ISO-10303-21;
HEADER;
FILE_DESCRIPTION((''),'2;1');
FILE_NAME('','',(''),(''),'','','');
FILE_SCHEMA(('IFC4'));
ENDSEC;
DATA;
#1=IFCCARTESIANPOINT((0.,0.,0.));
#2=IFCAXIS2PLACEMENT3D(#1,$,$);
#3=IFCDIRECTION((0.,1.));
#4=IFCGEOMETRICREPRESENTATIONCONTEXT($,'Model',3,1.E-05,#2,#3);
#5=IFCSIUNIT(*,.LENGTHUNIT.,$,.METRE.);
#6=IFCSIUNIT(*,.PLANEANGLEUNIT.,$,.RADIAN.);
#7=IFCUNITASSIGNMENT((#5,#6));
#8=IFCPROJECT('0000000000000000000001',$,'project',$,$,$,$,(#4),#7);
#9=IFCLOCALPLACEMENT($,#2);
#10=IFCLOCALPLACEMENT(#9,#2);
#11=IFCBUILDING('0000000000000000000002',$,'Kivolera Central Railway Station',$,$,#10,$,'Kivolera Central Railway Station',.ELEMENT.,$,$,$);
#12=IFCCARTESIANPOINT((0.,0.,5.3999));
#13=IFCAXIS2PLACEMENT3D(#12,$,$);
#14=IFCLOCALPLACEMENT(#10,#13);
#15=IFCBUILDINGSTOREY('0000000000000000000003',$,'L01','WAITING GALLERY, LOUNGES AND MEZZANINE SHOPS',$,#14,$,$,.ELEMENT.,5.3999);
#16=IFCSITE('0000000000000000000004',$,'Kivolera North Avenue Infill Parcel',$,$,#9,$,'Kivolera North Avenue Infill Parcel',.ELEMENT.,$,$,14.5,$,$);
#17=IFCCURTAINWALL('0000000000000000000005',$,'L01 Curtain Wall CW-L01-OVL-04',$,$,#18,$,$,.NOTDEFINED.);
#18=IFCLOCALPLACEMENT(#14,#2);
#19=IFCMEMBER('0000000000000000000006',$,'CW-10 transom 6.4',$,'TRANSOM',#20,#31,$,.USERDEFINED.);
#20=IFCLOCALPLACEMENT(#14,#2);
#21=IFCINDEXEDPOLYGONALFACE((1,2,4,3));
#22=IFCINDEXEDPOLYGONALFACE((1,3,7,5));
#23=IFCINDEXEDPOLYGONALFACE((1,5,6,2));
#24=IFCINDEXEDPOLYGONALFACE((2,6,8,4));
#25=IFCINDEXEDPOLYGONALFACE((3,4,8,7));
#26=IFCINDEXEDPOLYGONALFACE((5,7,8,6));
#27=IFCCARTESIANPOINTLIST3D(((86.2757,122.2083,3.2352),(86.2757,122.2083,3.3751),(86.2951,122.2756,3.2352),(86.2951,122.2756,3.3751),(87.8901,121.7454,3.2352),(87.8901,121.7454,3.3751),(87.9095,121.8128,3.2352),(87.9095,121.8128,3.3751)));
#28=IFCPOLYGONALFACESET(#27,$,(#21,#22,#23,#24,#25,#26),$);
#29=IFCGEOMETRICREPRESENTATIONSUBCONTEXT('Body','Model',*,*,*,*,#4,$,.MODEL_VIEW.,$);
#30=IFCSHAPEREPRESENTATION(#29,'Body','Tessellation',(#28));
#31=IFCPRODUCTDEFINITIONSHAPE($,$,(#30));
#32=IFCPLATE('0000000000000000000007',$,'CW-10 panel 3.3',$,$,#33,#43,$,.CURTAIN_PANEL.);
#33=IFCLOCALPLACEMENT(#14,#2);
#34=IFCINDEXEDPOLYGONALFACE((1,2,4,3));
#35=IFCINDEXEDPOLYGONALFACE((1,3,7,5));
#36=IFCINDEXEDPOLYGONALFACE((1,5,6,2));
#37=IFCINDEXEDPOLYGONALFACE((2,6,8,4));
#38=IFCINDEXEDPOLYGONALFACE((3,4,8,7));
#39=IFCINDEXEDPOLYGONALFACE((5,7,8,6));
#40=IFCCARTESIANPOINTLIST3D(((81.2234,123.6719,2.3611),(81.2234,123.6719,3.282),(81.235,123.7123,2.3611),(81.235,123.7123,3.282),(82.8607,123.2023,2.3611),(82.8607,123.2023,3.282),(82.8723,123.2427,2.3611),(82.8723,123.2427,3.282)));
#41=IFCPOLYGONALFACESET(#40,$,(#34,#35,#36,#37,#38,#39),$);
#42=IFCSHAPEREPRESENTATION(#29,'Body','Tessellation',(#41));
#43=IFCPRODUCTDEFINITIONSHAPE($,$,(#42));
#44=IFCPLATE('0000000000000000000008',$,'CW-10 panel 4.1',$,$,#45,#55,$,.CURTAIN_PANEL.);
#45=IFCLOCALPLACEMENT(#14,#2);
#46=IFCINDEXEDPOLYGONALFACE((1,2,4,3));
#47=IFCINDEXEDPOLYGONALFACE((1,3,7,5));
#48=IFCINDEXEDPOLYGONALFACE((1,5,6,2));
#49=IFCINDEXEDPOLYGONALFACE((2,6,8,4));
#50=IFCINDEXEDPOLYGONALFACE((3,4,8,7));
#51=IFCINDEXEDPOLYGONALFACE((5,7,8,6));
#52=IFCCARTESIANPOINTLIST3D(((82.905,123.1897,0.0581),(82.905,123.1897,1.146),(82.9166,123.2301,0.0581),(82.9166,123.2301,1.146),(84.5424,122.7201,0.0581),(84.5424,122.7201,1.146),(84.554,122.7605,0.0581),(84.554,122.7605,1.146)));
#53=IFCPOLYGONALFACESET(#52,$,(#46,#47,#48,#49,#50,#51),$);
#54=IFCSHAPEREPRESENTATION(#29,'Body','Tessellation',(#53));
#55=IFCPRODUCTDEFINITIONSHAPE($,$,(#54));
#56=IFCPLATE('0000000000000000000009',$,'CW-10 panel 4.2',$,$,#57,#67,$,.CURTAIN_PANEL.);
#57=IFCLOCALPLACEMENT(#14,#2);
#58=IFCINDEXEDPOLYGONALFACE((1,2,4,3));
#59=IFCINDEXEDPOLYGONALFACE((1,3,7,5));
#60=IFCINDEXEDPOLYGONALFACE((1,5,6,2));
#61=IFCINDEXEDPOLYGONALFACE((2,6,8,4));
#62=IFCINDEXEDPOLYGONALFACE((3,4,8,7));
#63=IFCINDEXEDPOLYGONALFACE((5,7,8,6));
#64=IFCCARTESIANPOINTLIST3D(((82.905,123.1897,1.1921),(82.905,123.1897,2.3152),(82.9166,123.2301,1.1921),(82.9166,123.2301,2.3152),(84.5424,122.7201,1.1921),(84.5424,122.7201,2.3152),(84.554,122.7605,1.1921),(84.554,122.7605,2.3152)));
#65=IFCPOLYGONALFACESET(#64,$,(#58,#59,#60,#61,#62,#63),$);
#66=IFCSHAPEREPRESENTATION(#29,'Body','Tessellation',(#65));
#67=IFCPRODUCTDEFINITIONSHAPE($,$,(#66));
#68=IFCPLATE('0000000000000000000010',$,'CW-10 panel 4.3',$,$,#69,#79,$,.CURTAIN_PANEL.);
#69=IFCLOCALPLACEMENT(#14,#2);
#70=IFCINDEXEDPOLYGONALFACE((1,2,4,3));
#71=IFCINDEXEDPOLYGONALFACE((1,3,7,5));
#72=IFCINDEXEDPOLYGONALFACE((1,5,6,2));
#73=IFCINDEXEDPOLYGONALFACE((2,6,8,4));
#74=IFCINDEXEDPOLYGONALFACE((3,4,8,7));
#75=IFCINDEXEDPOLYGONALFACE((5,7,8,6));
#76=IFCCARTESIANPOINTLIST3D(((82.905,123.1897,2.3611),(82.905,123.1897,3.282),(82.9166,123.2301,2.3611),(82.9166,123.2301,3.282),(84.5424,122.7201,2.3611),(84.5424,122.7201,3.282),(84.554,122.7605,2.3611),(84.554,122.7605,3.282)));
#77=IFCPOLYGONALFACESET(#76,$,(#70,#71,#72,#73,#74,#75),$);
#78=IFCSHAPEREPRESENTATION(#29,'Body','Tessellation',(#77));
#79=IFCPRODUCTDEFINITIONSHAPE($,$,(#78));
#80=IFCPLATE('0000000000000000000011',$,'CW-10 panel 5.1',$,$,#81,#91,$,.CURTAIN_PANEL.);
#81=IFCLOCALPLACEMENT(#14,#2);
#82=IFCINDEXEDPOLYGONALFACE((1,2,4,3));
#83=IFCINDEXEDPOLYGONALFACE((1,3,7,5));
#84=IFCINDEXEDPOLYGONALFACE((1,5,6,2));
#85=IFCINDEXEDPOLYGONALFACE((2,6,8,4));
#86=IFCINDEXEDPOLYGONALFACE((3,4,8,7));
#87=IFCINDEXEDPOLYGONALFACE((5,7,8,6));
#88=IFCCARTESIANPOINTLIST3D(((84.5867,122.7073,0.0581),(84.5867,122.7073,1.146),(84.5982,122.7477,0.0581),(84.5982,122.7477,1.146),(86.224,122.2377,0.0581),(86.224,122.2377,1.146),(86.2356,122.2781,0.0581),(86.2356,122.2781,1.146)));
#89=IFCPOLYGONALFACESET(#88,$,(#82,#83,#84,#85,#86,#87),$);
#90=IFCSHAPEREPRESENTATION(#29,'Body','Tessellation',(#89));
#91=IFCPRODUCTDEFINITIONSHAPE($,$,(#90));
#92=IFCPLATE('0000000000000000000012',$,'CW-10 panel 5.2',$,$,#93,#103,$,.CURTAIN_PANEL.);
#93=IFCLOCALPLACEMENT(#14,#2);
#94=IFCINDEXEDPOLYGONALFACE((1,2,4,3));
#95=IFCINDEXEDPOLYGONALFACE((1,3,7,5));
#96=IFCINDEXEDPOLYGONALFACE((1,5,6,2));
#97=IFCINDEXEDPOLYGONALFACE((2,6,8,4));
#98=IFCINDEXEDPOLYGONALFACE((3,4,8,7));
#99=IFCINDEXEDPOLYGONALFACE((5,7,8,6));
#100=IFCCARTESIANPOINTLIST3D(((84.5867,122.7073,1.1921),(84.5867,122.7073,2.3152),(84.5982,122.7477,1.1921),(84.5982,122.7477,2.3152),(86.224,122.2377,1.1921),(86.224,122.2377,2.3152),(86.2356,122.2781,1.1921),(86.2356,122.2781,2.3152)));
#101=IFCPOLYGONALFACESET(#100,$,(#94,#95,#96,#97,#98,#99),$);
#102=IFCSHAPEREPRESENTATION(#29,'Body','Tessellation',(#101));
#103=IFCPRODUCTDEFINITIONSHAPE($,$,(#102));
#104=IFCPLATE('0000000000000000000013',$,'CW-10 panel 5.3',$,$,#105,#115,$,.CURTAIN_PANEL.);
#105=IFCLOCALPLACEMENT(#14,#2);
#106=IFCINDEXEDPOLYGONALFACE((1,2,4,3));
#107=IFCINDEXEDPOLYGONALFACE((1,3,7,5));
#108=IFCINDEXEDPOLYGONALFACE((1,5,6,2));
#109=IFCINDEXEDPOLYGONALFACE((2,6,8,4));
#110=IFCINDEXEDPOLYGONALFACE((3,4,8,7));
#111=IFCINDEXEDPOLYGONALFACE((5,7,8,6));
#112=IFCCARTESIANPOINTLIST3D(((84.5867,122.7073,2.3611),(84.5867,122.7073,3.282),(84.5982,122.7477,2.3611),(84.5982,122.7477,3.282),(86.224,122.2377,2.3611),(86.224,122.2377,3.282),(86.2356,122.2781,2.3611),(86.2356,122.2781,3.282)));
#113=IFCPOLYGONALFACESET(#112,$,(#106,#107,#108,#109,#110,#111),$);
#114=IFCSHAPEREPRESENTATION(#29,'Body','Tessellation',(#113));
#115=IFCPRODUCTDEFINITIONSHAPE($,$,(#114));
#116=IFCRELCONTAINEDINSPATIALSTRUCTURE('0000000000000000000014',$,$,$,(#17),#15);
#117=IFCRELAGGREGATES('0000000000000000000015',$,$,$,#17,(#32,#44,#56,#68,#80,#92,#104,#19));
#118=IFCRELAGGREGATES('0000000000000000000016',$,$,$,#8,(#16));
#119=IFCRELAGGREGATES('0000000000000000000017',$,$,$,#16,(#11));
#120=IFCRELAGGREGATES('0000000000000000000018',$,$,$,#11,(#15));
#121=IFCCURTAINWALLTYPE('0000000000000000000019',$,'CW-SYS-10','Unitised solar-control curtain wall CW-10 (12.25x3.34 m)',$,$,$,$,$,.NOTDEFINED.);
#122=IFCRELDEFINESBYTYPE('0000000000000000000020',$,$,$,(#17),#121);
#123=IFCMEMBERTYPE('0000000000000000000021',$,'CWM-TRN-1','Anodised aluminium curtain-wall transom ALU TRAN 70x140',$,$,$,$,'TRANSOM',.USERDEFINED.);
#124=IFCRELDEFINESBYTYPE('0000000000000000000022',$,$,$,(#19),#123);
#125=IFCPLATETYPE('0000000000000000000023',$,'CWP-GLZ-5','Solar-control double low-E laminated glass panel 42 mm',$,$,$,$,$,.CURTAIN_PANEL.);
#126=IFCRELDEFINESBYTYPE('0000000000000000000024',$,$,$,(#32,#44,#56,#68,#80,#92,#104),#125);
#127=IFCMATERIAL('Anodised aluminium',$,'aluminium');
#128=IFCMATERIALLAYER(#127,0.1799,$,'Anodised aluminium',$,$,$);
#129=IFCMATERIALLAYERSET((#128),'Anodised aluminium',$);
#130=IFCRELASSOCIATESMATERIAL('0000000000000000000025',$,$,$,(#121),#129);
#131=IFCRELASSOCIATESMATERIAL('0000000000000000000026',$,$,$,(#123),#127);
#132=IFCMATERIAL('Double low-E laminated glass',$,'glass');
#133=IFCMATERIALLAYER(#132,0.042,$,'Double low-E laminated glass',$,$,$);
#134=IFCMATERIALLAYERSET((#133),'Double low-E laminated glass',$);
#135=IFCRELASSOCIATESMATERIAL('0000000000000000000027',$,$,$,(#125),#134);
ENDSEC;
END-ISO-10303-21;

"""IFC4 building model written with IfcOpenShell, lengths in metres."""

from ifc_helpers import new_model, si_unit, direction, frame, origin, origin_2d, place, context, subcontext, project, spatial, rectangle, extrude, material, layer, layer_set, material_profile, profile_set, type_object, element, aggregate, save


model = new_model("IFC4")

# Units and contexts
model_context = context("Model", 3, precision=1e-05, world=origin(), true_north=direction((0.0, 1.0)))
body_context = subcontext(model_context, "Body", "Model", "MODEL_VIEW")
ifc_project = project(units=[si_unit("LENGTHUNIT", "METRE"), si_unit("PLANEANGLEUNIT", "RADIAN")], contexts=[model_context])

# Site, building, storey
site_placement = place(None, origin())
site = spatial("IfcSite", under=ifc_project, at=site_placement, Name="Kivolera North Avenue Infill Parcel", LongName="Kivolera North Avenue Infill Parcel", CompositionType="ELEMENT", RefElevation=14.5)
building_placement = place(site_placement, origin())
building = spatial("IfcBuilding", under=site, at=building_placement, Name="Kivolera Central Railway Station", LongName="Kivolera Central Railway Station", CompositionType="ELEMENT")
storey_placement = place(building_placement, frame((0.0, 0.0, 5.3999)))
storey = spatial("IfcBuildingStorey", under=building, at=storey_placement, Name="L01", Description="WAITING GALLERY, LOUNGES AND MEZZANINE SHOPS", CompositionType="ELEMENT", Elevation=5.3999)

# Curtain wall, member, plates
ifc_material_1 = material(Name="Anodised aluminium", Category="aluminium")
ifc_layer_1 = layer(ifc_material_1, 0.1799, Name="Anodised aluminium")
ifc_layer_set_1 = layer_set([ifc_layer_1], Name="Anodised aluminium")
curtain_wall_type = type_object("IfcCurtainWallType", Name="CW-SYS-10", Description="Unitised solar-control curtain wall CW-10 (12.25x3.34 m)", PredefinedType="NOTDEFINED", material=ifc_layer_set_1)
curtain_wall_placement = place(storey_placement, origin())
curtain_wall = element("IfcCurtainWall", 1, at=curtain_wall_placement, inside=storey, type_object=curtain_wall_type, Name="L01 Curtain Wall CW-L01-OVL-04", PredefinedType="NOTDEFINED")
ifc_material_profile_1 = material_profile(ifc_material_1, rectangle(XDim=0.0701, YDim=0.1399, at=origin_2d()), Name="ALU TRAN 70x140")
ifc_profile_set_1 = profile_set([ifc_material_profile_1], Name="Anodised aluminium")
member_type_1 = type_object("IfcMemberType", Name="CWM-TRN-1", Description="Anodised aluminium curtain-wall transom ALU TRAN 70x140", ElementType="TRANSOM", PredefinedType="USERDEFINED", material=ifc_profile_set_1)
member_1_placement = place(storey_placement, frame((86.2854, 122.2419, 3.3052), z_axis=(0.961271, -0.275604, 0.0), x_axis=(0.275604, 0.961271, 0.0)))
member_1 = element("IfcMember", 2, at=member_1_placement, type_object=member_type_1, Name="CW-10 transom 6.4", ObjectType="TRANSOM", PredefinedType="USERDEFINED", context=body_context, shape_type="SweptSolid", body=[
    extrude(rectangle(XDim=0.0701, YDim=0.1399, at=origin_2d()), origin(), (0.0, 0.0, 1.0), 1.6794),
])
ifc_material_2 = material(Name="Double low-E laminated glass", Category="glass")
ifc_layer_2 = layer(ifc_material_2, 0.042, Name="Double low-E laminated glass")
ifc_layer_set_2 = layer_set([ifc_layer_2], Name="Double low-E laminated glass")
plate_type = type_object("IfcPlateType", Name="CWP-GLZ-5", Description="Solar-control double low-E laminated glass panel 42 mm", PredefinedType="CURTAIN_PANEL", material=ifc_layer_set_2)
plate_1_placement = place(storey_placement, frame((82.0479, 123.4573, 2.3611), z_axis=(0.0, 0.0, 1.0), x_axis=(0.961246, -0.275692, 0.0)))
plate_1 = element("IfcPlate", 3, at=plate_1_placement, type_object=plate_type, Name="CW-10 panel 3.3", PredefinedType="CURTAIN_PANEL", context=body_context, shape_type="SweptSolid", body=[
    extrude(rectangle(XDim=1.7034, YDim=0.042, at=origin_2d()), origin(), (0.0, 0.0, 1.0), 0.9209),
])
plate_2_placement = place(storey_placement, frame((83.7295, 122.9751, 0.0581), z_axis=(0.0, 0.0, 1.0), x_axis=(0.961246, -0.275692, 0.0)))
plate_2 = element("IfcPlate", 4, at=plate_2_placement, type_object=plate_type, Name="CW-10 panel 4.1", PredefinedType="CURTAIN_PANEL", context=body_context, shape_type="SweptSolid", body=[
    extrude(rectangle(XDim=1.7034, YDim=0.042, at=origin_2d()), origin(), (0.0, 0.0, 1.0), 1.0879),
])
plate_3_placement = place(storey_placement, frame((83.7295, 122.9751, 1.1921), z_axis=(0.0, 0.0, 1.0), x_axis=(0.961246, -0.275692, 0.0)))
plate_3 = element("IfcPlate", 5, at=plate_3_placement, type_object=plate_type, Name="CW-10 panel 4.2", PredefinedType="CURTAIN_PANEL", context=body_context, shape_type="SweptSolid", body=[
    extrude(rectangle(XDim=1.7034, YDim=0.042, at=origin_2d()), origin(), (0.0, 0.0, 1.0), 1.123),
])
plate_4_placement = place(storey_placement, frame((83.7295, 122.9751, 2.3611), z_axis=(0.0, 0.0, 1.0), x_axis=(0.961246, -0.275692, 0.0)))
plate_4 = element("IfcPlate", 6, at=plate_4_placement, type_object=plate_type, Name="CW-10 panel 4.3", PredefinedType="CURTAIN_PANEL", context=body_context, shape_type="SweptSolid", body=[
    extrude(rectangle(XDim=1.7034, YDim=0.042, at=origin_2d()), origin(), (0.0, 0.0, 1.0), 0.9209),
])
plate_5_placement = place(storey_placement, frame((85.4111, 122.4927, 0.0581), z_axis=(0.0, 0.0, 1.0), x_axis=(0.961246, -0.275692, 0.0)))
plate_5 = element("IfcPlate", 7, at=plate_5_placement, type_object=plate_type, Name="CW-10 panel 5.1", PredefinedType="CURTAIN_PANEL", context=body_context, shape_type="SweptSolid", body=[
    extrude(rectangle(XDim=1.7034, YDim=0.042, at=origin_2d()), origin(), (0.0, 0.0, 1.0), 1.0879),
])
plate_6_placement = place(storey_placement, frame((85.4111, 122.4927, 1.1921), z_axis=(0.0, 0.0, 1.0), x_axis=(0.961246, -0.275692, 0.0)))
plate_6 = element("IfcPlate", 8, at=plate_6_placement, type_object=plate_type, Name="CW-10 panel 5.2", PredefinedType="CURTAIN_PANEL", context=body_context, shape_type="SweptSolid", body=[
    extrude(rectangle(XDim=1.7034, YDim=0.042, at=origin_2d()), origin(), (0.0, 0.0, 1.0), 1.123),
])
plate_7_placement = place(storey_placement, frame((85.4111, 122.4927, 2.3611), z_axis=(0.0, 0.0, 1.0), x_axis=(0.961246, -0.275692, 0.0)))
plate_7 = element("IfcPlate", 9, at=plate_7_placement, type_object=plate_type, Name="CW-10 panel 5.3", PredefinedType="CURTAIN_PANEL", context=body_context, shape_type="SweptSolid", body=[
    extrude(rectangle(XDim=1.7034, YDim=0.042, at=origin_2d()), origin(), (0.0, 0.0, 1.0), 0.9209),
])
aggregate(curtain_wall, [plate_1, plate_2, plate_3, plate_4, plate_5, plate_6, plate_7, member_1])

save(model, "model.ifc")
